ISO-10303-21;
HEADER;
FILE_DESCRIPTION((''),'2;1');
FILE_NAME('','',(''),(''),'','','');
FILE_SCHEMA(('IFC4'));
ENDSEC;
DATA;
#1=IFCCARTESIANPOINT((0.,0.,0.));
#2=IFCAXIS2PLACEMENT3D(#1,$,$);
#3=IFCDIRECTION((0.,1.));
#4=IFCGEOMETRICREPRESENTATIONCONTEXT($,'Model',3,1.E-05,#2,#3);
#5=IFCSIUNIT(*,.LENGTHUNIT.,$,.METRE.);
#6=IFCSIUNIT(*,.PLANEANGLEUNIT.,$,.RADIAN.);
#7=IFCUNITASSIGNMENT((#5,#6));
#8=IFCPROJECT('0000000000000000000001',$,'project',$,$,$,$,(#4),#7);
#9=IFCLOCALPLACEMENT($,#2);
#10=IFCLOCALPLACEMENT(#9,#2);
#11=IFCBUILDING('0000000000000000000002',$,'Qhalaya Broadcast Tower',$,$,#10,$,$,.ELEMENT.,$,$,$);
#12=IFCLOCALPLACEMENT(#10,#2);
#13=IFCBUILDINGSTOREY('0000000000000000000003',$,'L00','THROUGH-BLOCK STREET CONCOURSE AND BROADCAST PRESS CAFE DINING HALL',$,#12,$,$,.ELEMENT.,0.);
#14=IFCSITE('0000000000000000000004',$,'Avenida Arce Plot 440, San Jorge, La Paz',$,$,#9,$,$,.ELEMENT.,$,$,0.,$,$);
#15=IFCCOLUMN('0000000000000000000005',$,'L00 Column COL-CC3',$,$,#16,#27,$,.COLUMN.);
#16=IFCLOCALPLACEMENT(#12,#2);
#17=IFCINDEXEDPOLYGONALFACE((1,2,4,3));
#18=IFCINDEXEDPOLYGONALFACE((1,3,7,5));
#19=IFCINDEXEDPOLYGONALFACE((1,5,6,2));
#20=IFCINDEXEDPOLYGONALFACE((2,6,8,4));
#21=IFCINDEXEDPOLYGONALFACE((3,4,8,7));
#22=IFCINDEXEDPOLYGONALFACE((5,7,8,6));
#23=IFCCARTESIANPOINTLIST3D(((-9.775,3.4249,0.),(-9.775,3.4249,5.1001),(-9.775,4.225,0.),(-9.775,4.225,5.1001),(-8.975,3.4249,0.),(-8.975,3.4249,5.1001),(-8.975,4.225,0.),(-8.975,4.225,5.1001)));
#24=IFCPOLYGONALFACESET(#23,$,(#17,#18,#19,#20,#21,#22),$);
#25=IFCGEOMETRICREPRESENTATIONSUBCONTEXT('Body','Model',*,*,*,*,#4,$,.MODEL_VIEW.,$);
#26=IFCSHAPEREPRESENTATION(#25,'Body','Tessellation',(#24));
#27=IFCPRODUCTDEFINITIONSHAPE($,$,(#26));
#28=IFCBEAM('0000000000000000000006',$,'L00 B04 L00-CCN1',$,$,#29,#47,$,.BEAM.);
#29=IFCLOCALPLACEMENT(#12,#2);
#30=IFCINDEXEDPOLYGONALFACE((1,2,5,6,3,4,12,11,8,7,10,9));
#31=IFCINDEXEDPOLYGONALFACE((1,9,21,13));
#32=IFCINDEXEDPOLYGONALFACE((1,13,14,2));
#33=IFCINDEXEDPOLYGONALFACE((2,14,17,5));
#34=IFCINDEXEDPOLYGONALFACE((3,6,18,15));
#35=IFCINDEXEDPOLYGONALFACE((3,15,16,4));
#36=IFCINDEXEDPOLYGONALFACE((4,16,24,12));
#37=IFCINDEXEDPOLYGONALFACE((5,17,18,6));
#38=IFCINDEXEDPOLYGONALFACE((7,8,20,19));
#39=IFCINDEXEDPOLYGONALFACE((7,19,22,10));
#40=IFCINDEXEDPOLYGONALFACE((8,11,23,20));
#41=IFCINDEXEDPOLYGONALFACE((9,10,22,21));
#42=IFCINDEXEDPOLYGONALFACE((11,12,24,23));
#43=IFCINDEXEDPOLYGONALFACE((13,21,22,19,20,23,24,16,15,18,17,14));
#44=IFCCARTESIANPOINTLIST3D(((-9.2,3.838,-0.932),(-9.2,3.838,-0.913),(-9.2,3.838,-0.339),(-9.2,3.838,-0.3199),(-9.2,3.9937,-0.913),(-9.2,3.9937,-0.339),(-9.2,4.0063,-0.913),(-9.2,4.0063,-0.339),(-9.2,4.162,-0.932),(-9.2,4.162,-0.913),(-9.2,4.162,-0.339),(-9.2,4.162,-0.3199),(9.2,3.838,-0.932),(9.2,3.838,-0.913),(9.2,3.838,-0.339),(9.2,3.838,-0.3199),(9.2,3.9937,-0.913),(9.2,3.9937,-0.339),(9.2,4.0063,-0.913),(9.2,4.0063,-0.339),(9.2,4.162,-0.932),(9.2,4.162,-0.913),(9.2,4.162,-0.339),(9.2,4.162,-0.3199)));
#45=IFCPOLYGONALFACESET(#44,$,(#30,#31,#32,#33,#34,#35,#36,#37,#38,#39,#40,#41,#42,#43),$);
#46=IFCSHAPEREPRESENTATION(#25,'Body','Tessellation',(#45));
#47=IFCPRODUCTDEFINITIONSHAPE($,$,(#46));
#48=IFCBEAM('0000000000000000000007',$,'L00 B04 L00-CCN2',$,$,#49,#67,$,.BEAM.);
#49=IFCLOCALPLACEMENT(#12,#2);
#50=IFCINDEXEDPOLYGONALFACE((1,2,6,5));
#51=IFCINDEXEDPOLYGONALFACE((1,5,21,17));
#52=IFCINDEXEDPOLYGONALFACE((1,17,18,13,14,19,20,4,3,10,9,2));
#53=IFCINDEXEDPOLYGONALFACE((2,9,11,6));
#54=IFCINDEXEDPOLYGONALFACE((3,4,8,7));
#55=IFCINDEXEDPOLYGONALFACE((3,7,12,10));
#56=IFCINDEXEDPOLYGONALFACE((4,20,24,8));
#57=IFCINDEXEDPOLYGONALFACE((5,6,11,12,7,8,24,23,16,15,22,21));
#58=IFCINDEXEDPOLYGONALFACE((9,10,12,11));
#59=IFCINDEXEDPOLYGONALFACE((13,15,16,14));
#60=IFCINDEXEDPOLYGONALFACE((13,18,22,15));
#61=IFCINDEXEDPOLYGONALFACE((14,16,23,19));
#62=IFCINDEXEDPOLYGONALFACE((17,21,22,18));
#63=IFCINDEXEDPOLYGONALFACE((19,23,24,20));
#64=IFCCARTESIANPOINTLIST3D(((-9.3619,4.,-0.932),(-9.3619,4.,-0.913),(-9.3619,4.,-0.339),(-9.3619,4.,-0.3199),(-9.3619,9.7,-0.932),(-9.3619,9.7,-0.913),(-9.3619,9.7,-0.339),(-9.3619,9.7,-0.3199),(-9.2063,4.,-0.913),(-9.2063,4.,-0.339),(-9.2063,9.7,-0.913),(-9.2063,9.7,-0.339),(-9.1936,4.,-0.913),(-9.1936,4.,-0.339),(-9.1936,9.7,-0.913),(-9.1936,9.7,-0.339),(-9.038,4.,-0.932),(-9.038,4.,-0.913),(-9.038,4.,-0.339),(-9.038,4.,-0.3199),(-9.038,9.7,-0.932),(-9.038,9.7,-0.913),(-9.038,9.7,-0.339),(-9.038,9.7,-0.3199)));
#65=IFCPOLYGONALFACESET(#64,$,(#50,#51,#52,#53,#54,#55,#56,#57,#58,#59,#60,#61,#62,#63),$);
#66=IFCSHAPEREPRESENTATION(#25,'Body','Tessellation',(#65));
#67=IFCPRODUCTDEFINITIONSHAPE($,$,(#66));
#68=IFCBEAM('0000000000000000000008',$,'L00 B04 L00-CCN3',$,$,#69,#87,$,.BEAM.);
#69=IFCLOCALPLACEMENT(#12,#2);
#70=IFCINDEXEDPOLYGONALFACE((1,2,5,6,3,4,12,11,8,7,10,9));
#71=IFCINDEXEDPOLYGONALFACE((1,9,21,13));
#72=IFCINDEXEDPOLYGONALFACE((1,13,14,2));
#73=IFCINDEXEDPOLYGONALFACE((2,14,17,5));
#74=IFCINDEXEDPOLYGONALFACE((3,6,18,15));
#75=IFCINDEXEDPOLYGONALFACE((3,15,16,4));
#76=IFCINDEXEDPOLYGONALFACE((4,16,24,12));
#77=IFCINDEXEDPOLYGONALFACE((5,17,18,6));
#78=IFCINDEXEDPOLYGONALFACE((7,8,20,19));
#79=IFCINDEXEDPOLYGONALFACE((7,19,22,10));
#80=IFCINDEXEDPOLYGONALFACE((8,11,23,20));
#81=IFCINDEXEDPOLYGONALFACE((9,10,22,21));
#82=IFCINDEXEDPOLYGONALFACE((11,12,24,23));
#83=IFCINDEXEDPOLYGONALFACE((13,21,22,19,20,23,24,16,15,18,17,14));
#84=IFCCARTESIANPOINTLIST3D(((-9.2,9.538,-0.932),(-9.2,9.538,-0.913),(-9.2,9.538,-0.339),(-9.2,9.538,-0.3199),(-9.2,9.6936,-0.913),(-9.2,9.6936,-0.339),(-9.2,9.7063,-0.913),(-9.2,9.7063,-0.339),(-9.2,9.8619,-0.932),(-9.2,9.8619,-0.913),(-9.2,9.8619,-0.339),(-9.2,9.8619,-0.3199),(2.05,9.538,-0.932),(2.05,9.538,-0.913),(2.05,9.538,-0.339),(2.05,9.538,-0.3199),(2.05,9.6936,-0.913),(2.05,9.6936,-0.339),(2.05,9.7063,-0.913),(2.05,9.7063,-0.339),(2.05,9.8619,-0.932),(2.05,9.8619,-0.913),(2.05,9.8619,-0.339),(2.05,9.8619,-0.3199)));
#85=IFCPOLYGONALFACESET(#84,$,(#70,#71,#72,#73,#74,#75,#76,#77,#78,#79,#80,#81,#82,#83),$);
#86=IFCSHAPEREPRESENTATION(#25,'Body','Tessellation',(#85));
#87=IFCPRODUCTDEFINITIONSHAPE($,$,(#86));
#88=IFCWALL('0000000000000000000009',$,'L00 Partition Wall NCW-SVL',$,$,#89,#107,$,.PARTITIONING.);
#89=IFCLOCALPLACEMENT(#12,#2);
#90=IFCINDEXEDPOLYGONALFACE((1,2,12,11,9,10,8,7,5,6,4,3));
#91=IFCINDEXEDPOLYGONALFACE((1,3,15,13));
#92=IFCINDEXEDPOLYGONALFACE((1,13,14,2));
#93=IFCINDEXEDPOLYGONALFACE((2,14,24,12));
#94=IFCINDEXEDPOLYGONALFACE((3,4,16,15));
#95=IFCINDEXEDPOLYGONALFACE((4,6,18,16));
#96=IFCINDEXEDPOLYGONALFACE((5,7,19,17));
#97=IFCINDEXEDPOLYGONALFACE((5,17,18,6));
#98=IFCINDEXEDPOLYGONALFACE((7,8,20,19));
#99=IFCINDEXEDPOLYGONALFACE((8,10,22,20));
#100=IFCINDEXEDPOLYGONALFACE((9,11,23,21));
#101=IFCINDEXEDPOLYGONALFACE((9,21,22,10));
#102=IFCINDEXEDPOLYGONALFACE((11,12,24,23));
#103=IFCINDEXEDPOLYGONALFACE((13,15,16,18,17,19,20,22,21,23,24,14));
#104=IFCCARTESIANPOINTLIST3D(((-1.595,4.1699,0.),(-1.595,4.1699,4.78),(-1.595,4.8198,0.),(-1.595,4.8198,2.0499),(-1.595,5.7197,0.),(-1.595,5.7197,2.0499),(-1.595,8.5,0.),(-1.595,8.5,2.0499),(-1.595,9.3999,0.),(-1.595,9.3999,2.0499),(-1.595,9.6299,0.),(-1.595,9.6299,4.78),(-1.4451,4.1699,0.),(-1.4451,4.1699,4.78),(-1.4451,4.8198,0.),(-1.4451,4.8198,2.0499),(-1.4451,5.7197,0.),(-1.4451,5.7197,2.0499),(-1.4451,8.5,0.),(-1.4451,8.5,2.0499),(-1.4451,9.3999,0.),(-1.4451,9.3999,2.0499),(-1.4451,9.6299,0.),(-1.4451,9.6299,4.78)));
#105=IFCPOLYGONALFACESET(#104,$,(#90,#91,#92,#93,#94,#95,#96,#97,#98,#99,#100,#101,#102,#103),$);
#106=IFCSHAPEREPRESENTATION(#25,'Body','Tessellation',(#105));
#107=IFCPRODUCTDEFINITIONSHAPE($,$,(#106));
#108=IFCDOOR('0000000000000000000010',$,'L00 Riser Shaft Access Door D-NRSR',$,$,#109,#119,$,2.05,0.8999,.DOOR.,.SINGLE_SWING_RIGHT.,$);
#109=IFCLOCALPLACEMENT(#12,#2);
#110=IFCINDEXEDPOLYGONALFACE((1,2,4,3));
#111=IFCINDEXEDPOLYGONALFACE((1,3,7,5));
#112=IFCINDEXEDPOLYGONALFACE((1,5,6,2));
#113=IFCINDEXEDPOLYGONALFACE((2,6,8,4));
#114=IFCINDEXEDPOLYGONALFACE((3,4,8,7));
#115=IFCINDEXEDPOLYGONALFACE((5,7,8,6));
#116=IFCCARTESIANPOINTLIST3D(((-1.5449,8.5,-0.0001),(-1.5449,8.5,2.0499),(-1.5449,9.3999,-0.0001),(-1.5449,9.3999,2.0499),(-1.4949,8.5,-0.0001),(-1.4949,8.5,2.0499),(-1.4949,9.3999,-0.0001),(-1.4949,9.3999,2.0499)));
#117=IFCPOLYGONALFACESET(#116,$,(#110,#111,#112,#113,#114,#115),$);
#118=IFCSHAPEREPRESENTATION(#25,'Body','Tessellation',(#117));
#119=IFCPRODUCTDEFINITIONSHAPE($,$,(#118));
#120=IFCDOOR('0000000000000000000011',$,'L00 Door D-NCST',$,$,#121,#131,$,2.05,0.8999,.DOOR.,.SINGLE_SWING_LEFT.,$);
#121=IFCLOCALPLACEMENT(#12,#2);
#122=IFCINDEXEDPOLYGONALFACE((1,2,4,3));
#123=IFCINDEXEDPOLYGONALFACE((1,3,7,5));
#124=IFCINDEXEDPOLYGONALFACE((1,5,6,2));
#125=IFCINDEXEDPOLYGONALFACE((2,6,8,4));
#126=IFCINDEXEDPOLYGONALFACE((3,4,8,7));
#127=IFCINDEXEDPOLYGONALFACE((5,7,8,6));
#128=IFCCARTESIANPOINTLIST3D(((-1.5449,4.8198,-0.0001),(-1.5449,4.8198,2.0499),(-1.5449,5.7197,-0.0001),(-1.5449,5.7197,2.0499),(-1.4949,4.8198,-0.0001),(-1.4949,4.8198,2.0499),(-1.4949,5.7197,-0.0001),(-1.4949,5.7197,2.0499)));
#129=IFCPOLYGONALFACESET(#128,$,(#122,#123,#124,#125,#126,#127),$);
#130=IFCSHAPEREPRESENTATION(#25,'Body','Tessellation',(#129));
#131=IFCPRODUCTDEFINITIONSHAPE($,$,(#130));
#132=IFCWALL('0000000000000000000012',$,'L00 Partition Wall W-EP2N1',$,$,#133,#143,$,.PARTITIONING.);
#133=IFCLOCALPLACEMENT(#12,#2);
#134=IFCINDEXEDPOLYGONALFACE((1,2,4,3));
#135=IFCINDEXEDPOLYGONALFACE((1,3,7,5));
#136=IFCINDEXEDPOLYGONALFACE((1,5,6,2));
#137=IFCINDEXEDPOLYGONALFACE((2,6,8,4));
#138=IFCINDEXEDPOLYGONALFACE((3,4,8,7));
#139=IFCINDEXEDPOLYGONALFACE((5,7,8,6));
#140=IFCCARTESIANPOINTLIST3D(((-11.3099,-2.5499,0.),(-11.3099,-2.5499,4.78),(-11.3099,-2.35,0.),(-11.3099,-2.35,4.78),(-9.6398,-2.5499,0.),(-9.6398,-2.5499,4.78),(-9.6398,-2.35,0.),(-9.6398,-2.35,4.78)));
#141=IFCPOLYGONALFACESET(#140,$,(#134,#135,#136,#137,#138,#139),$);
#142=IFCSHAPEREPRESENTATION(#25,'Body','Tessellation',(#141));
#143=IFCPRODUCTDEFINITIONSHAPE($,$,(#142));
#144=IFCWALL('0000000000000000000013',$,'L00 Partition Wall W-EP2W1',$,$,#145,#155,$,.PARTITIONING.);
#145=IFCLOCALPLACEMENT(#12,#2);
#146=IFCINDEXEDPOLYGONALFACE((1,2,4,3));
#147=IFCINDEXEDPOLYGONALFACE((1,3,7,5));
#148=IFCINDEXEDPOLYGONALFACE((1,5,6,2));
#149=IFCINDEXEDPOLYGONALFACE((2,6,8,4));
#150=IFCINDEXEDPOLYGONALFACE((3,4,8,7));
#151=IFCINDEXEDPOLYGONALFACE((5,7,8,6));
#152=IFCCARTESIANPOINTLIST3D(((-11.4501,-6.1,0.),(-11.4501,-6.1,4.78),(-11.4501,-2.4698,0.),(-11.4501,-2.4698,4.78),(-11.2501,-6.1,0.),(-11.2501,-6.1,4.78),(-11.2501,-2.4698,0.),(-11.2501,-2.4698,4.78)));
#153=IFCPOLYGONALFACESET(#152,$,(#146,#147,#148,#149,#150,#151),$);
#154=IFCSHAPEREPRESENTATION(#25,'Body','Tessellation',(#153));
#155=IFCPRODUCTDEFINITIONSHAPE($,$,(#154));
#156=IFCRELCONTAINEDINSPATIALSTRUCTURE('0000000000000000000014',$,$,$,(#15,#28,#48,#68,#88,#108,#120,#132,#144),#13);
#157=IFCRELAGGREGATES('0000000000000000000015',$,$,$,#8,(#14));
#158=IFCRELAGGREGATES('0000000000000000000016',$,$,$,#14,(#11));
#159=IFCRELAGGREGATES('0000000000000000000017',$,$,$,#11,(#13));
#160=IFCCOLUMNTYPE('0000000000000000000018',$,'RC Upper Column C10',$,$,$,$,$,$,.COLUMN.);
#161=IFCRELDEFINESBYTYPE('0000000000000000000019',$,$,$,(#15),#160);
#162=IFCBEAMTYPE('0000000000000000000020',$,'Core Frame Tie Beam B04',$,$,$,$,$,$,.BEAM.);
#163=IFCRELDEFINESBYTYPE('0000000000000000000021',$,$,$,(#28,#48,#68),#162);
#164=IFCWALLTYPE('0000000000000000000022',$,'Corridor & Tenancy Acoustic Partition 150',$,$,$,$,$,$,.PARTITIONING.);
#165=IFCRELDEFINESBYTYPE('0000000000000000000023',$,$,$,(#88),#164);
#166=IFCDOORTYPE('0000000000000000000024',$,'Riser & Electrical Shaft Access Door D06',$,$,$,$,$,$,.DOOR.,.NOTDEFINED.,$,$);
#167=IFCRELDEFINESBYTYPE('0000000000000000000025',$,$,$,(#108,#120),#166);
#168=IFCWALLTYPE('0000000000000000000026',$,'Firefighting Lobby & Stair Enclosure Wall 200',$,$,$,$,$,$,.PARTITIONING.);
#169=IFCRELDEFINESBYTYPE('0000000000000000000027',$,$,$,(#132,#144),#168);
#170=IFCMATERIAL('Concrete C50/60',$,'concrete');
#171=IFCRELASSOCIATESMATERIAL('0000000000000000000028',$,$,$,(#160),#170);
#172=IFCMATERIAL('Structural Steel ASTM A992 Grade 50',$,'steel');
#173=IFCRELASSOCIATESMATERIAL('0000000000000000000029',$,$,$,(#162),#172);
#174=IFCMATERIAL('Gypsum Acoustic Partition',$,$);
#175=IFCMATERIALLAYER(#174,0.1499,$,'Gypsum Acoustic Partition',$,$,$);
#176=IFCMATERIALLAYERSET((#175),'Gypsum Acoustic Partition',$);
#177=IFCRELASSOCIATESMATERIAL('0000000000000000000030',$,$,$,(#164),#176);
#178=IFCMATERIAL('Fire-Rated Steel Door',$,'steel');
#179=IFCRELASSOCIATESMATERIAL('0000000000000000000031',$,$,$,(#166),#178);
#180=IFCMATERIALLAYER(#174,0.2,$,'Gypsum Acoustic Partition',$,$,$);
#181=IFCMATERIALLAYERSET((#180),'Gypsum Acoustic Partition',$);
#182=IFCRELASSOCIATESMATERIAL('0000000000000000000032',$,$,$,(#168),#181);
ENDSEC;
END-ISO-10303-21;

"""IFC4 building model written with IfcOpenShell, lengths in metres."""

from ifc_helpers import new_model, si_unit, direction, frame, frame_2d, origin, origin_2d, place, context, subcontext, project, spatial, rectangle, i_section, extrude, material, layer, layer_set, material_profile, profile_set, type_object, element, fill, save


model = new_model("IFC4")

# Units and contexts
model_context = context("Model", 3, precision=1e-05, world=origin(), true_north=direction((0.0, 1.0)))
body_context = subcontext(model_context, "Body", "Model", "MODEL_VIEW")
ifc_project = project(units=[si_unit("LENGTHUNIT", "METRE"), si_unit("PLANEANGLEUNIT", "RADIAN")], contexts=[model_context])

# Site, building, storey
site_placement = place(None, origin())
site = spatial("IfcSite", under=ifc_project, at=site_placement, Name="Avenida Arce Plot 440, San Jorge, La Paz", CompositionType="ELEMENT", RefElevation=0.0)
building_placement = place(site_placement, origin())
building = spatial("IfcBuilding", under=site, at=building_placement, Name="Qhalaya Broadcast Tower", CompositionType="ELEMENT")
storey_placement = place(building_placement, origin())
storey = spatial("IfcBuildingStorey", under=building, at=storey_placement, Name="L00", Description="THROUGH-BLOCK STREET CONCOURSE AND BROADCAST PRESS CAFE DINING HALL", CompositionType="ELEMENT", Elevation=0.0)

# Column
ifc_material_1 = material(Name="Concrete C50/60", Category="concrete")
ifc_material_profile_1 = material_profile(ifc_material_1, rectangle(XDim=0.8, YDim=0.8, at=origin_2d()), Name="RC-COL 800x800")
ifc_profile_set_1 = profile_set([ifc_material_profile_1], Name="Concrete C50/60")
column_type = type_object("IfcColumnType", Name="RC Upper Column C10", PredefinedType="COLUMN", material=ifc_profile_set_1)
column_placement = place(storey_placement, frame((-9.375, 3.825, 0.0), z_axis=(0.0, 0.0, 1.0), x_axis=(1.0, 0.0, 0.0)))
element("IfcColumn", 1, at=column_placement, inside=storey, type_object=column_type, Name="L00 Column COL-CC3", PredefinedType="COLUMN", context=body_context, shape_type="SweptSolid", body=[
    extrude(rectangle(XDim=0.8, YDim=0.8, at=origin_2d()), origin(), (0.0, 0.0, 1.0), 5.1001),
])

# Beams
ifc_material_2 = material(Name="Structural Steel ASTM A992 Grade 50", Category="steel")
ifc_material_profile_2 = material_profile(ifc_material_2, i_section(OverallWidth=0.324, OverallDepth=0.6121, WebThickness=0.0127, FlangeThickness=0.019, at=origin_2d()), Name="W24X104")
ifc_profile_set_2 = profile_set([ifc_material_profile_2], Name="Structural Steel ASTM A992 Grade 50")
beam_type = type_object("IfcBeamType", Name="Core Frame Tie Beam B04", PredefinedType="BEAM", material=ifc_profile_set_2)
beam_1_placement = place(storey_placement, frame((-9.2, 4.0, -0.626), z_axis=(1.0, 0.0, 0.0), x_axis=(0.0, 1.0, 0.0)))
element("IfcBeam", 2, at=beam_1_placement, inside=storey, type_object=beam_type, Name="L00 B04 L00-CCN1", PredefinedType="BEAM", context=body_context, shape_type="SweptSolid", body=[
    extrude(i_section(OverallWidth=0.324, OverallDepth=0.6121, WebThickness=0.0127, FlangeThickness=0.019, at=origin_2d()), origin(), (0.0, 0.0, 1.0), 18.3999),
])
beam_2_placement = place(storey_placement, frame((-9.2, 4.0, -0.626), z_axis=(0.0, 1.0, 0.0), x_axis=(-1.0, 0.0, 0.0)))
element("IfcBeam", 3, at=beam_2_placement, inside=storey, type_object=beam_type, Name="L00 B04 L00-CCN2", PredefinedType="BEAM", context=body_context, shape_type="SweptSolid", body=[
    extrude(i_section(OverallWidth=0.324, OverallDepth=0.6121, WebThickness=0.0127, FlangeThickness=0.019, at=origin_2d()), origin(), (0.0, 0.0, 1.0), 5.7),
])
beam_3_placement = place(storey_placement, frame((-9.2, 9.7, -0.626), z_axis=(1.0, 0.0, 0.0), x_axis=(0.0, 1.0, 0.0)))
element("IfcBeam", 4, at=beam_3_placement, inside=storey, type_object=beam_type, Name="L00 B04 L00-CCN3", PredefinedType="BEAM", context=body_context, shape_type="SweptSolid", body=[
    extrude(i_section(OverallWidth=0.324, OverallDepth=0.6121, WebThickness=0.0127, FlangeThickness=0.019, at=origin_2d()), origin(), (0.0, 0.0, 1.0), 11.25),
])

# Wall, openings, doors
ifc_material_3 = material(Name="Gypsum Acoustic Partition")
ifc_layer_1 = layer(ifc_material_3, 0.1499, Name="Gypsum Acoustic Partition")
ifc_layer_set_1 = layer_set([ifc_layer_1], Name="Gypsum Acoustic Partition")
wall_type_1 = type_object("IfcWallType", Name="Corridor & Tenancy Acoustic Partition 150", PredefinedType="PARTITIONING", material=ifc_layer_set_1)
wall_1_placement = place(storey_placement, frame((-1.52, 4.1699, 0.0), z_axis=(0.0, 0.0, 1.0), x_axis=(0.0, 1.0, 0.0)))
wall_1 = element("IfcWall", 5, at=wall_1_placement, inside=storey, type_object=wall_type_1, Name="L00 Partition Wall NCW-SVL", PredefinedType="PARTITIONING", context=body_context, shape_type="SweptSolid", body=[
    extrude(rectangle(XDim=5.46, YDim=0.1499, at=frame_2d((2.73, 0.0))), origin(), (0.0, 0.0, 1.0), 4.78),
])
opening_1_placement = place(wall_1_placement, frame((4.3301, 0.0, 0.0)))
opening_1 = element("IfcOpeningElement", 6, at=opening_1_placement, cuts=wall_1, PredefinedType="OPENING", context=body_context, shape_type="SweptSolid", body=[
    extrude(rectangle(XDim=0.8999, YDim=2.05, at=frame_2d((0.45, 1.0249))), frame((0.0, 0.0869, 0.0), z_axis=(0.0, -1.0, 0.0), x_axis=(1.0, 0.0, 0.0)), (0.0, 0.0, 1.0), 0.1738),
])
opening_2_placement = place(wall_1_placement, frame((0.6499, 0.0, 0.0)))
opening_2 = element("IfcOpeningElement", 7, at=opening_2_placement, cuts=wall_1, PredefinedType="OPENING", context=body_context, shape_type="SweptSolid", body=[
    extrude(rectangle(XDim=0.8999, YDim=2.05, at=frame_2d((0.45, 1.0249))), frame((0.0, 0.0869, 0.0), z_axis=(0.0, -1.0, 0.0), x_axis=(1.0, 0.0, 0.0)), (0.0, 0.0, 1.0), 0.1738),
])
ifc_material_4 = material(Name="Fire-Rated Steel Door", Category="steel")
door_type_1 = type_object("IfcDoorType", Name="Riser & Electrical Shaft Access Door D06", OperationType="NOTDEFINED", PredefinedType="DOOR", material=ifc_material_4)
door_1_placement = place(opening_1_placement, origin())
door_1 = element("IfcDoor", 8, at=door_1_placement, inside=storey, type_object=door_type_1, Name="L00 Riser Shaft Access Door D-NRSR", OperationType="SINGLE_SWING_RIGHT", OverallHeight=2.05, OverallWidth=0.8999, PredefinedType="DOOR", context=body_context, shape_type="SweptSolid", body=[
    extrude(rectangle(XDim=0.8999, YDim=2.05, at=frame_2d((0.45, 1.0249))), frame((0.0, 0.0249, 0.0), z_axis=(0.0, -1.0, 0.0), x_axis=(1.0, 0.0, 0.0)), (0.0, 0.0, 1.0), 0.05),
])
fill(opening_1, door_1)
door_2_placement = place(opening_2_placement, origin())
door_2 = element("IfcDoor", 9, at=door_2_placement, inside=storey, type_object=door_type_1, Name="L00 Door D-NCST", OperationType="SINGLE_SWING_LEFT", OverallHeight=2.05, OverallWidth=0.8999, PredefinedType="DOOR", context=body_context, shape_type="SweptSolid", body=[
    extrude(rectangle(XDim=0.8999, YDim=2.05, at=frame_2d((0.45, 1.0249))), frame((0.0, 0.0249, 0.0), z_axis=(0.0, -1.0, 0.0), x_axis=(1.0, 0.0, 0.0)), (0.0, 0.0, 1.0), 0.05),
])
fill(opening_2, door_2)

# Walls
ifc_layer_2 = layer(ifc_material_3, 0.2, Name="Gypsum Acoustic Partition")
ifc_layer_set_2 = layer_set([ifc_layer_2], Name="Gypsum Acoustic Partition")
wall_type_2 = type_object("IfcWallType", Name="Firefighting Lobby & Stair Enclosure Wall 200", PredefinedType="PARTITIONING", material=ifc_layer_set_2)
wall_2_placement = place(storey_placement, frame((-9.6399, -2.45, 0.0), z_axis=(0.0, 0.0, 1.0), x_axis=(-1.0, 0.0, 0.0)))
element("IfcWall", 10, at=wall_2_placement, inside=storey, type_object=wall_type_2, Name="L00 Partition Wall W-EP2N1", PredefinedType="PARTITIONING", context=body_context, shape_type="SweptSolid", body=[
    extrude(rectangle(XDim=1.6702, YDim=0.2, at=frame_2d((0.835, 0.0))), origin(), (0.0, 0.0, 1.0), 4.78),
])
wall_3_placement = place(storey_placement, frame((-11.3501, -2.47, 0.0), z_axis=(0.0, 0.0, 1.0), x_axis=(0.0, -1.0, 0.0)))
element("IfcWall", 11, at=wall_3_placement, inside=storey, type_object=wall_type_2, Name="L00 Partition Wall W-EP2W1", PredefinedType="PARTITIONING", context=body_context, shape_type="SweptSolid", body=[
    extrude(rectangle(XDim=3.6301, YDim=0.2, at=frame_2d((1.8149, 0.0))), origin(), (0.0, 0.0, 1.0), 4.78),
])

save(model, "model.ifc")
